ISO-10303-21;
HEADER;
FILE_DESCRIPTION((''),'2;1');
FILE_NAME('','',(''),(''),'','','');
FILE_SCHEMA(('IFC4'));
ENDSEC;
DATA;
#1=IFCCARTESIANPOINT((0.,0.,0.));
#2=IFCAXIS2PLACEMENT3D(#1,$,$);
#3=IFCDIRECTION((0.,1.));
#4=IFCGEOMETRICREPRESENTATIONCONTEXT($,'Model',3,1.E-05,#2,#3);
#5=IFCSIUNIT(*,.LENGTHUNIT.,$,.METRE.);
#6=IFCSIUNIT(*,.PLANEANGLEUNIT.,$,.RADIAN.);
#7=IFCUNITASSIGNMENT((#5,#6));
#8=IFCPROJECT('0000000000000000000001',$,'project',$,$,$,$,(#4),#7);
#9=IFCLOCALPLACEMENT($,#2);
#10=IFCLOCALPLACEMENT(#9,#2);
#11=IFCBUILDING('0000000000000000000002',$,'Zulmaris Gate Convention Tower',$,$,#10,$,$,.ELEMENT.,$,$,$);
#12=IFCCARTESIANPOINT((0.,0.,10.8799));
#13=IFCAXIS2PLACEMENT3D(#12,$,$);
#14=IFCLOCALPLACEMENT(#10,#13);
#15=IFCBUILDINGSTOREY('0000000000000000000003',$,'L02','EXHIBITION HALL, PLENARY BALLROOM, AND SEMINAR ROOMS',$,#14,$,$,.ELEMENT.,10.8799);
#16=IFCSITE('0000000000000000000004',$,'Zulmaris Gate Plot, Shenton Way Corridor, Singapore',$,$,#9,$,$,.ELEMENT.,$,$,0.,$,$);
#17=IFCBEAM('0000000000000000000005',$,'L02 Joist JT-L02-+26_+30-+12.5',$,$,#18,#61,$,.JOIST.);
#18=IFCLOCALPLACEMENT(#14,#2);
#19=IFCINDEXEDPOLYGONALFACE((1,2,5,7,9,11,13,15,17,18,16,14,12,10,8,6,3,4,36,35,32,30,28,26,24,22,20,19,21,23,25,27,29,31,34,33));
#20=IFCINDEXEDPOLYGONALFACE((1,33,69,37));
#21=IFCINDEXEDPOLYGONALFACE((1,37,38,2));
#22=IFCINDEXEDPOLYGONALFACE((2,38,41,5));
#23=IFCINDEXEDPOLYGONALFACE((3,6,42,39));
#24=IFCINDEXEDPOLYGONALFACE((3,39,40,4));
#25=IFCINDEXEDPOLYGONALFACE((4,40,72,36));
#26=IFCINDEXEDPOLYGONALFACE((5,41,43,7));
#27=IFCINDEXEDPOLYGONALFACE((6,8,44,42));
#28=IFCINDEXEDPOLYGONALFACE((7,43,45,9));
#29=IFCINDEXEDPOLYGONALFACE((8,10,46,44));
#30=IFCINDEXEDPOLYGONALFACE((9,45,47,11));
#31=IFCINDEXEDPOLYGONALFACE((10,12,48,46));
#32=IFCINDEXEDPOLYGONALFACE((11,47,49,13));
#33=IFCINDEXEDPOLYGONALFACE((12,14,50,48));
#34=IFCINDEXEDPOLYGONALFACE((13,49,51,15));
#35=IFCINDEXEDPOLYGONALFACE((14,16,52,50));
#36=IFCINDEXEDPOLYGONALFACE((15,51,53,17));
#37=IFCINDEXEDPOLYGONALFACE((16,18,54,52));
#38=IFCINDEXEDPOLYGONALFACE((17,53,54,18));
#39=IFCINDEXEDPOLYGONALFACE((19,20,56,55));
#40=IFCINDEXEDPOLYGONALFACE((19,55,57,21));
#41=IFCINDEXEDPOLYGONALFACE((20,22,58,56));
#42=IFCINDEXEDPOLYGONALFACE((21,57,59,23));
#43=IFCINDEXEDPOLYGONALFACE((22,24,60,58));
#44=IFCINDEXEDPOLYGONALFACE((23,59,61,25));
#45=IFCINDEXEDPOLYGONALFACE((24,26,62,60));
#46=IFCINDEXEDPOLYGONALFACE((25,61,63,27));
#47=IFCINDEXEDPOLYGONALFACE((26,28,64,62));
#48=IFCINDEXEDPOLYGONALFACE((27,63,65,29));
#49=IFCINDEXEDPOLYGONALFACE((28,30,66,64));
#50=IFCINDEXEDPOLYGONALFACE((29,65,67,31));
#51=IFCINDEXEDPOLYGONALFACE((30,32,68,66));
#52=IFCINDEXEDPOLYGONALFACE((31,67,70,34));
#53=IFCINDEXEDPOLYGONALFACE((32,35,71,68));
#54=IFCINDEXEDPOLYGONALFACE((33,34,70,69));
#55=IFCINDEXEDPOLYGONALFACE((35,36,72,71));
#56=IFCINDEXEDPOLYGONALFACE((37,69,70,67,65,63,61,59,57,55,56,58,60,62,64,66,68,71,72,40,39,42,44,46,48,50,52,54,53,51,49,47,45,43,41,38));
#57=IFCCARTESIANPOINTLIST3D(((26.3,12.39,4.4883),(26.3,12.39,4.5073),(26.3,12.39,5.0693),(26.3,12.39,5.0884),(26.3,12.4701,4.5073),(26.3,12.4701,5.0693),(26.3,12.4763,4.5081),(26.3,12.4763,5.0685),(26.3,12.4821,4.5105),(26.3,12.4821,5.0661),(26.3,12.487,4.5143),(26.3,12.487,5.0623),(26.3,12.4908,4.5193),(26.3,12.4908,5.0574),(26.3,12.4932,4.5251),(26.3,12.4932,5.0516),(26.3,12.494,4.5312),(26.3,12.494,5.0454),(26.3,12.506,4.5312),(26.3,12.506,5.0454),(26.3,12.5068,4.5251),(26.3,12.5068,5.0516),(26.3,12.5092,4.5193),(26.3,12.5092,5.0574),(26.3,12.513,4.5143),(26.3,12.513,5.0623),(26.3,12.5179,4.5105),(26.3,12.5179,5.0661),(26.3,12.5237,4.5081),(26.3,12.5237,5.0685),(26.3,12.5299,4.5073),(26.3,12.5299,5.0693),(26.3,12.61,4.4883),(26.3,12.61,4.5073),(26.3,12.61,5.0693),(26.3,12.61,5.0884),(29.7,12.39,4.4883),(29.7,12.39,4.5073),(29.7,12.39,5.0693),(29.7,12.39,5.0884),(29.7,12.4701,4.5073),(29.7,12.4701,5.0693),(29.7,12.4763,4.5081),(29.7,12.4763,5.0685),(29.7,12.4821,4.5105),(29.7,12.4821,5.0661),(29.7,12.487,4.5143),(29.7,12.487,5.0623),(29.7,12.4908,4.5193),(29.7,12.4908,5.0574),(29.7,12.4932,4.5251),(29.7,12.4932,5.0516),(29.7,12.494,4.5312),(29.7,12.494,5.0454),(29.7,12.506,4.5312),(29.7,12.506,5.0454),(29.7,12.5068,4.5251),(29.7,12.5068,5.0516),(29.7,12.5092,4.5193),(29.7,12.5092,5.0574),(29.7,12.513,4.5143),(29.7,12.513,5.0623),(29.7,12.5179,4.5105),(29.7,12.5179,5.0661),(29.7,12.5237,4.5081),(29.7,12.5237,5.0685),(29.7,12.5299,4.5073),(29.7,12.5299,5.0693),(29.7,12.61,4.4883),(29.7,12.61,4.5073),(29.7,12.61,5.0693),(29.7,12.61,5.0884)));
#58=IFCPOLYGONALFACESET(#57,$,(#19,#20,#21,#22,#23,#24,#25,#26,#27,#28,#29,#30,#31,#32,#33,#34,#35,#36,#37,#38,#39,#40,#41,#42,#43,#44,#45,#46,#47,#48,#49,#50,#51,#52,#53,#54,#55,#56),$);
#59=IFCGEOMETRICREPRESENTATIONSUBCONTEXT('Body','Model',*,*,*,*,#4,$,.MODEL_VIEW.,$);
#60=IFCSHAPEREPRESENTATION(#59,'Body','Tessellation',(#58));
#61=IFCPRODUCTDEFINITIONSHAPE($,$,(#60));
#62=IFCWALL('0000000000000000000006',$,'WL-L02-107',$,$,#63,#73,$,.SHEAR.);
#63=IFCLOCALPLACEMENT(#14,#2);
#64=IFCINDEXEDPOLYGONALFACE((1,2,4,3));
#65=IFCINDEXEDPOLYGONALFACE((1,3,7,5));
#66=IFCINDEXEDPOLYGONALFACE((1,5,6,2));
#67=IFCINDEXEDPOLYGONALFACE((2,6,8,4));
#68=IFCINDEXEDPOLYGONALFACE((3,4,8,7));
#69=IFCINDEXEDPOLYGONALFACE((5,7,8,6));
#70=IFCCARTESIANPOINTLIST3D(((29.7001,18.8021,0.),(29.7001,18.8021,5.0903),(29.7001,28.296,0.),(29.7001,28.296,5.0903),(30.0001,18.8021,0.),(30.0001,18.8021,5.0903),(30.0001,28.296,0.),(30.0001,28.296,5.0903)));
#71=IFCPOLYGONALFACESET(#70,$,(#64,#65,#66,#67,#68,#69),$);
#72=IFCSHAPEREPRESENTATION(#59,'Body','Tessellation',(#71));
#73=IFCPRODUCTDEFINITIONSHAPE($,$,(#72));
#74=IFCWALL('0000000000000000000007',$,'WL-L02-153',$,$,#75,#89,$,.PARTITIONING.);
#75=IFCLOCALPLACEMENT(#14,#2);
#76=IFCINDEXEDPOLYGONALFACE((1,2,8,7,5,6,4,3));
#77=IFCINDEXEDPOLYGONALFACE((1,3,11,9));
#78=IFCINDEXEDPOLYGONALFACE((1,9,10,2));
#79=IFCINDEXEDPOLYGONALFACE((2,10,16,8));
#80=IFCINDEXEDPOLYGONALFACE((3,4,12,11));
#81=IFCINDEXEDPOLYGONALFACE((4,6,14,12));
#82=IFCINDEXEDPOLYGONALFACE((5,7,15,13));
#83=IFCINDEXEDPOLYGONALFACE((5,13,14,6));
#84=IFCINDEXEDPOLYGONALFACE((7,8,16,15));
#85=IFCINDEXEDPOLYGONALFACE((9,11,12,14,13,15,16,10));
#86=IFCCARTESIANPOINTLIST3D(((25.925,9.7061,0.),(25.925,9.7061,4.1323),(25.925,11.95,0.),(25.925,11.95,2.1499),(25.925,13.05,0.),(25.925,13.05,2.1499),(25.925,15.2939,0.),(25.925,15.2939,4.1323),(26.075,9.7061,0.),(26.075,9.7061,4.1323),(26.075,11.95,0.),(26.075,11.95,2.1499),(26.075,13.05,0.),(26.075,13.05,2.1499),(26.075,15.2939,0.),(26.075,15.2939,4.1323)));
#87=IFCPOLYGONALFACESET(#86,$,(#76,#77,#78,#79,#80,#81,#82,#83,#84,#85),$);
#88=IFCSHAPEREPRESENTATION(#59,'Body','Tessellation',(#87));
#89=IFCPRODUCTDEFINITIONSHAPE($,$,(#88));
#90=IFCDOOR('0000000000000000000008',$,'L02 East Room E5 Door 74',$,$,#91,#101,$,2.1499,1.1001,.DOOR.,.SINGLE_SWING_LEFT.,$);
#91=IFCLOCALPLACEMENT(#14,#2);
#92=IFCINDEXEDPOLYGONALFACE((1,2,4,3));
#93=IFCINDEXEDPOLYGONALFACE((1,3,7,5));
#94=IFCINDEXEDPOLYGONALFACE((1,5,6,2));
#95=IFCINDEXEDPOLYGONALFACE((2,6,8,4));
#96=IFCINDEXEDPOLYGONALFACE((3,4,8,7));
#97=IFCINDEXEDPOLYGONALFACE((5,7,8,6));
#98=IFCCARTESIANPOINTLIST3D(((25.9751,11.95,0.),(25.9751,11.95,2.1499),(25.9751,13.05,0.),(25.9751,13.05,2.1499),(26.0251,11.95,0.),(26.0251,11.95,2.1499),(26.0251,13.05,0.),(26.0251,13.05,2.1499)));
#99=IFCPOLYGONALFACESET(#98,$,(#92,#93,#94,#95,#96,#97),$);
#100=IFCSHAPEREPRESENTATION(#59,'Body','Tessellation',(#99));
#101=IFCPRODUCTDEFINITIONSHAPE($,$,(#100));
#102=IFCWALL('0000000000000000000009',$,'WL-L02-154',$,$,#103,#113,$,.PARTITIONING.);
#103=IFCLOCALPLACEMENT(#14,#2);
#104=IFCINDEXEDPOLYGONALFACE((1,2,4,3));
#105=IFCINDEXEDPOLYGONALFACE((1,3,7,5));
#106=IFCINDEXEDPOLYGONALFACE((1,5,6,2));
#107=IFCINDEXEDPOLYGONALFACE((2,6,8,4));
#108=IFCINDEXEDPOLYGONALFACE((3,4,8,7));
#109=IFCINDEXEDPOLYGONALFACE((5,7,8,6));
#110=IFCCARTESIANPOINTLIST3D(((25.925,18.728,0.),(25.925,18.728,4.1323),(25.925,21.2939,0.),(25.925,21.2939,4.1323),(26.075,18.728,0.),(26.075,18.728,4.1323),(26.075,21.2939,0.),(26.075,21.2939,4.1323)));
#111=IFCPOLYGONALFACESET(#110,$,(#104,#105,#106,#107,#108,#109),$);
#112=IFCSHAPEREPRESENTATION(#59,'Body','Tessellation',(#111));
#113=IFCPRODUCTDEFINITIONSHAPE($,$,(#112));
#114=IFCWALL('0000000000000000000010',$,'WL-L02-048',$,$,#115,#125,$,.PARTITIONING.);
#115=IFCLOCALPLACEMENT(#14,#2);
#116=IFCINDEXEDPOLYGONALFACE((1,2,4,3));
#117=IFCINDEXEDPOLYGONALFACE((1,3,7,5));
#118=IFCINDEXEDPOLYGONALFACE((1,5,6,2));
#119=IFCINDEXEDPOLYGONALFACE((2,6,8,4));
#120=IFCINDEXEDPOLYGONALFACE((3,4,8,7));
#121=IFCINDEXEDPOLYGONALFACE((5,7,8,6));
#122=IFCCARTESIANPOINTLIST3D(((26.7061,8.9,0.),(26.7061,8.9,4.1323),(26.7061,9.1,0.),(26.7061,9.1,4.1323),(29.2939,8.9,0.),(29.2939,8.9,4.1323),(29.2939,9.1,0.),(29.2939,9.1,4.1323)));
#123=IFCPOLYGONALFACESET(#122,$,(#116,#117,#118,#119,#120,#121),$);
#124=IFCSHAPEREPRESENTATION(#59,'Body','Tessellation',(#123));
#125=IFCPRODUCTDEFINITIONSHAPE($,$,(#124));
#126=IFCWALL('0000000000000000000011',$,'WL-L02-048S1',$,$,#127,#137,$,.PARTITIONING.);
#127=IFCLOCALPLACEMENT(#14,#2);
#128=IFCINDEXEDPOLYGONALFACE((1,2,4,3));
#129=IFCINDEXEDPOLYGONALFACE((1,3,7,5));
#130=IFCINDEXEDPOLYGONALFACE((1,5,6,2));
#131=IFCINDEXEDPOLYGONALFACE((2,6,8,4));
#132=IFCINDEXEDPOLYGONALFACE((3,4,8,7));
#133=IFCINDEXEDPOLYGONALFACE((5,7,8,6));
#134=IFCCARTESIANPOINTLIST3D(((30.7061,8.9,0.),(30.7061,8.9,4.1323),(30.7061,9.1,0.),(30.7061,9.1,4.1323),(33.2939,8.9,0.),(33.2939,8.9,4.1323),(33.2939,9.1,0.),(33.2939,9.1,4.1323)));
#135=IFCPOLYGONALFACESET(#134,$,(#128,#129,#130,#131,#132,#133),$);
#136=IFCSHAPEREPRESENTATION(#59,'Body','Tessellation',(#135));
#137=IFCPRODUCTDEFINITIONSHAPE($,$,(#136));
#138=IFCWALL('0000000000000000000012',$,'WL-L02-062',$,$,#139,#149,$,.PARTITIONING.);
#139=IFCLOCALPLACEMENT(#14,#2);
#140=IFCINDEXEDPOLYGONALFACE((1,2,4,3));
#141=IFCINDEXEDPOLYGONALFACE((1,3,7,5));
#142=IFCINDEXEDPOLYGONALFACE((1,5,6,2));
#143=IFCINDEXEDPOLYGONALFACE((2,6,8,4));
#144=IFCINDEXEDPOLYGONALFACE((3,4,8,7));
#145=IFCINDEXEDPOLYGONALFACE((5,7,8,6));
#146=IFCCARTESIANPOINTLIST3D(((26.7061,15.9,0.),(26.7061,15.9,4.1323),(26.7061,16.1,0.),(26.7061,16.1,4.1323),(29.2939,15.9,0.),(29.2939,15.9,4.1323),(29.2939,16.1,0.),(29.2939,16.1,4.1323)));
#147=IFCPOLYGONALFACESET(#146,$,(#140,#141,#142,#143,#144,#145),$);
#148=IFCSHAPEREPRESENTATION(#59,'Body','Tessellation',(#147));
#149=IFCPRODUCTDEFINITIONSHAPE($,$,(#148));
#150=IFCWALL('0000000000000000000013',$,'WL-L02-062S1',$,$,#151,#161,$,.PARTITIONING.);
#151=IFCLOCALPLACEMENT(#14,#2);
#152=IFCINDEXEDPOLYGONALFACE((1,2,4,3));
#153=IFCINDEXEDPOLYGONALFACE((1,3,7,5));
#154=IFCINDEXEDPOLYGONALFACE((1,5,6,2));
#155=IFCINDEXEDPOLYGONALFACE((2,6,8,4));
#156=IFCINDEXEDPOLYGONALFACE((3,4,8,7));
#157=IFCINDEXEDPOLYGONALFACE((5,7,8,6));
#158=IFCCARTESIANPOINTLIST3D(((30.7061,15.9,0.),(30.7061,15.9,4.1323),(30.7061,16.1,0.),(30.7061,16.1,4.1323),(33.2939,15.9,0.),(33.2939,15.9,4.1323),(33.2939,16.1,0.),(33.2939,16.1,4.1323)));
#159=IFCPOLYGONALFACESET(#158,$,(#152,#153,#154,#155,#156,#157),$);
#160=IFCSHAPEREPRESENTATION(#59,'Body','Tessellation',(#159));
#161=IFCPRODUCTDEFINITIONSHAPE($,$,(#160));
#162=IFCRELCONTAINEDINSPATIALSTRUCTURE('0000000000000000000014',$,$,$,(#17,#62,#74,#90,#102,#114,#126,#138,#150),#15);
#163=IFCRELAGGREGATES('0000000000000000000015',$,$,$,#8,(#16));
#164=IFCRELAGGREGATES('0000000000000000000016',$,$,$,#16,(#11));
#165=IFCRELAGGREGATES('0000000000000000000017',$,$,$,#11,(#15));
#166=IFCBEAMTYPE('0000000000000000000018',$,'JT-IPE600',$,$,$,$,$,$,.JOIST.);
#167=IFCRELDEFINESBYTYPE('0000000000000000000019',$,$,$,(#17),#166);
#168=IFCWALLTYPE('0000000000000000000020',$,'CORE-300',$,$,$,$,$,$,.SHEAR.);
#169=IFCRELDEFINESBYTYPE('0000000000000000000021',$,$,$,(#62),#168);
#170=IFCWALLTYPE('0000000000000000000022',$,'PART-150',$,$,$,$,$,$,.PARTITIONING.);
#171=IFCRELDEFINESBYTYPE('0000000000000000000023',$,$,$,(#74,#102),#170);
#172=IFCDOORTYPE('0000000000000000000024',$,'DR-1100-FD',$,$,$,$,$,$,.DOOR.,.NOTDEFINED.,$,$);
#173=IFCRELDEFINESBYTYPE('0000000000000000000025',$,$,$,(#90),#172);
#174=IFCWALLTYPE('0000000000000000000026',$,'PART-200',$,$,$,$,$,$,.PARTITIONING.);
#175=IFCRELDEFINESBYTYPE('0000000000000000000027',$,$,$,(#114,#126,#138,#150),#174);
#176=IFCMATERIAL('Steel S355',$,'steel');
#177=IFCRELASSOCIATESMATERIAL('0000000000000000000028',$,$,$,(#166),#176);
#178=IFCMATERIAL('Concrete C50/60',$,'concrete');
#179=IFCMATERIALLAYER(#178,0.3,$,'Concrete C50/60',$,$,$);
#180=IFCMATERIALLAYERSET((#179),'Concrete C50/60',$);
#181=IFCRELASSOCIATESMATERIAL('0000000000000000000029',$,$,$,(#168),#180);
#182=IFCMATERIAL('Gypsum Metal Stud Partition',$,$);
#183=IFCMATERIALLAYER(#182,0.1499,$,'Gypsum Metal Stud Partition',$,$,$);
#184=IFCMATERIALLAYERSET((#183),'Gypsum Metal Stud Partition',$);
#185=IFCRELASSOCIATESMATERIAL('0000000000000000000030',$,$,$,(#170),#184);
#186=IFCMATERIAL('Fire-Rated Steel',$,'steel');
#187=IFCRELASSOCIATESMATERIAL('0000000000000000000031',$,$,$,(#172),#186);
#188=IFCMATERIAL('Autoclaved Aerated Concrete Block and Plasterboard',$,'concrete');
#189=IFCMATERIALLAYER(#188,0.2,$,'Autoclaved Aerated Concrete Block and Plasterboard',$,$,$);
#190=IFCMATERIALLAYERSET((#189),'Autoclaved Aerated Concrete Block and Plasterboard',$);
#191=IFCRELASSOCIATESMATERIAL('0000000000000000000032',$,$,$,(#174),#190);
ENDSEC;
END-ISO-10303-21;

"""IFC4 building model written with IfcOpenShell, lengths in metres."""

from ifc_helpers import new_model, si_unit, direction, frame, frame_2d, origin, origin_2d, place, context, subcontext, project, spatial, rectangle, i_section, extrude, material, layer, layer_set, material_profile, profile_set, type_object, element, fill, save


model = new_model("IFC4")

# Units and contexts
model_context = context("Model", 3, precision=1e-05, world=origin(), true_north=direction((0.0, 1.0)))
body_context = subcontext(model_context, "Body", "Model", "MODEL_VIEW")
ifc_project = project(units=[si_unit("LENGTHUNIT", "METRE"), si_unit("PLANEANGLEUNIT", "RADIAN")], contexts=[model_context])

# Site, building, storey
site_placement = place(None, origin())
site = spatial("IfcSite", under=ifc_project, at=site_placement, Name="Zulmaris Gate Plot, Shenton Way Corridor, Singapore", CompositionType="ELEMENT", RefElevation=0.0)
building_placement = place(site_placement, origin())
building = spatial("IfcBuilding", under=site, at=building_placement, Name="Zulmaris Gate Convention Tower", CompositionType="ELEMENT")
storey_placement = place(building_placement, frame((0.0, 0.0, 10.8799)))
storey = spatial("IfcBuildingStorey", under=building, at=storey_placement, Name="L02", Description="EXHIBITION HALL, PLENARY BALLROOM, AND SEMINAR ROOMS", CompositionType="ELEMENT", Elevation=10.8799)

# Beam
ifc_material_1 = material(Name="Steel S355", Category="steel")
ifc_material_profile_1 = material_profile(ifc_material_1, i_section(OverallWidth=0.22, OverallDepth=0.6001, WebThickness=0.012, FlangeThickness=0.019, FilletRadius=0.0239, at=origin_2d()), Name="IPE 600")
ifc_profile_set_1 = profile_set([ifc_material_profile_1], Name="Steel S355")
beam_type_1 = type_object("IfcBeamType", Name="JT-IPE600", PredefinedType="JOIST", material=ifc_profile_set_1)
for number, where, z_axis, x_axis, name in (
    (1, (26.3, 12.5, 4.7883), (1.0, 0.0, 0.0), (0.0, 1.0, 0.0), "L02 Joist JT-L02-+26_+30-+12.5"),
):
    element("IfcBeam", number, at=place(storey_placement, frame(where, z_axis=z_axis, x_axis=x_axis)), inside=storey, type_object=beam_type_1, Name=name, PredefinedType="JOIST", context=body_context, shape_type="SweptSolid", body=[
        extrude(i_section(OverallWidth=0.22, OverallDepth=0.6001, WebThickness=0.012, FlangeThickness=0.019, FilletRadius=0.0239, at=origin_2d()), origin(), (0.0, 0.0, 1.0), 3.3999),
    ])

# Shared definitions
ifc_material_2 = material(Name="Concrete C50/60", Category="concrete")
ifc_layer_1 = layer(ifc_material_2, 0.3, Name="Concrete C50/60")
ifc_layer_set_1 = layer_set([ifc_layer_1], Name="Concrete C50/60")
wall_type_1 = type_object("IfcWallType", Name="CORE-300", PredefinedType="SHEAR", material=ifc_layer_set_1)
ifc_material_3 = material(Name="Fire-Rated Steel", Category="steel")

# Wall
wall_1_placement = place(storey_placement, frame((29.8501, 18.802, 0.0), z_axis=(0.0, 0.0, 1.0), x_axis=(0.0, 1.0, 0.0)))
element("IfcWall", 2, at=wall_1_placement, inside=storey, type_object=wall_type_1, Name="WL-L02-107", PredefinedType="SHEAR", context=body_context, shape_type="SweptSolid", body=[
    extrude(rectangle(XDim=9.4939, YDim=0.3, at=frame_2d((4.7471, 0.0))), origin(), (0.0, 0.0, 1.0), 5.0903),
])

# Wall, opening, door
ifc_material_4 = material(Name="Gypsum Metal Stud Partition")
ifc_layer_2 = layer(ifc_material_4, 0.1499, Name="Gypsum Metal Stud Partition")
ifc_layer_set_2 = layer_set([ifc_layer_2], Name="Gypsum Metal Stud Partition")
wall_type_2 = type_object("IfcWallType", Name="PART-150", PredefinedType="PARTITIONING", material=ifc_layer_set_2)
wall_2_placement = place(storey_placement, frame((26.0, 9.7061, 0.0), z_axis=(0.0, 0.0, 1.0), x_axis=(0.0, 1.0, 0.0)))
wall_2 = element("IfcWall", 3, at=wall_2_placement, inside=storey, type_object=wall_type_2, Name="WL-L02-153", PredefinedType="PARTITIONING", context=body_context, shape_type="SweptSolid", body=[
    extrude(rectangle(XDim=5.5879, YDim=0.1499, at=frame_2d((2.7939, 0.0))), origin(), (0.0, 0.0, 1.0), 4.1323),
])
opening_1_placement = place(wall_2_placement, frame((2.2439, 0.0, 0.0)))
opening_1 = element("IfcOpeningElement", 4, at=opening_1_placement, cuts=wall_2, PredefinedType="OPENING", context=body_context, shape_type="SweptSolid", body=[
    extrude(rectangle(XDim=1.1001, YDim=2.1499, at=frame_2d((0.55, 1.075))), frame((0.0, 0.085, 0.0), z_axis=(0.0, -1.0, 0.0), x_axis=(1.0, 0.0, 0.0)), (0.0, 0.0, 1.0), 0.1699),
])
door_type_1 = type_object("IfcDoorType", Name="DR-1100-FD", OperationType="NOTDEFINED", PredefinedType="DOOR", material=ifc_material_3)
door_1_placement = place(opening_1_placement, origin())
door_1 = element("IfcDoor", 5, at=door_1_placement, inside=storey, type_object=door_type_1, Name="L02 East Room E5 Door 74", OperationType="SINGLE_SWING_LEFT", OverallHeight=2.1499, OverallWidth=1.1001, PredefinedType="DOOR", context=body_context, shape_type="SweptSolid", body=[
    extrude(rectangle(XDim=1.1001, YDim=2.1499, at=frame_2d((0.55, 1.075))), frame((0.0, 0.0249, 0.0), z_axis=(0.0, -1.0, 0.0), x_axis=(1.0, 0.0, 0.0)), (0.0, 0.0, 1.0), 0.05),
])
fill(opening_1, door_1)

# Walls
wall_3_placement = place(storey_placement, frame((26.0, 18.728, 0.0), z_axis=(0.0, 0.0, 1.0), x_axis=(0.0, 1.0, 0.0)))
element("IfcWall", 6, at=wall_3_placement, inside=storey, type_object=wall_type_2, Name="WL-L02-154", PredefinedType="PARTITIONING", context=body_context, shape_type="SweptSolid", body=[
    extrude(rectangle(XDim=2.5659, YDim=0.1499, at=frame_2d((1.283, 0.0))), origin(), (0.0, 0.0, 1.0), 4.1323),
])
ifc_material_5 = material(Name="Autoclaved Aerated Concrete Block and Plasterboard", Category="concrete")
ifc_layer_3 = layer(ifc_material_5, 0.2, Name="Autoclaved Aerated Concrete Block and Plasterboard")
ifc_layer_set_3 = layer_set([ifc_layer_3], Name="Autoclaved Aerated Concrete Block and Plasterboard")
wall_type_3 = type_object("IfcWallType", Name="PART-200", PredefinedType="PARTITIONING", material=ifc_layer_set_3)
for number, where, z_axis, x_axis, name in (
    (7, (26.7061, 9.0, 0.0), (0.0, 0.0, 1.0), (1.0, 0.0, 0.0), "WL-L02-048"),
    (8, (30.7061, 9.0, 0.0), (0.0, 0.0, 1.0), (1.0, 0.0, 0.0), "WL-L02-048S1"),
    (9, (26.7061, 16.0, 0.0), (0.0, 0.0, 1.0), (1.0, 0.0, 0.0), "WL-L02-062"),
    (10, (30.7061, 16.0, 0.0), (0.0, 0.0, 1.0), (1.0, 0.0, 0.0), "WL-L02-062S1"),
):
    element("IfcWall", number, at=place(storey_placement, frame(where, z_axis=z_axis, x_axis=x_axis)), inside=storey, type_object=wall_type_3, Name=name, PredefinedType="PARTITIONING", context=body_context, shape_type="SweptSolid", body=[
        extrude(rectangle(XDim=2.5879, YDim=0.2, at=frame_2d((1.2939, 0.0))), origin(), (0.0, 0.0, 1.0), 4.1323),
    ])

save(model, "model.ifc")
